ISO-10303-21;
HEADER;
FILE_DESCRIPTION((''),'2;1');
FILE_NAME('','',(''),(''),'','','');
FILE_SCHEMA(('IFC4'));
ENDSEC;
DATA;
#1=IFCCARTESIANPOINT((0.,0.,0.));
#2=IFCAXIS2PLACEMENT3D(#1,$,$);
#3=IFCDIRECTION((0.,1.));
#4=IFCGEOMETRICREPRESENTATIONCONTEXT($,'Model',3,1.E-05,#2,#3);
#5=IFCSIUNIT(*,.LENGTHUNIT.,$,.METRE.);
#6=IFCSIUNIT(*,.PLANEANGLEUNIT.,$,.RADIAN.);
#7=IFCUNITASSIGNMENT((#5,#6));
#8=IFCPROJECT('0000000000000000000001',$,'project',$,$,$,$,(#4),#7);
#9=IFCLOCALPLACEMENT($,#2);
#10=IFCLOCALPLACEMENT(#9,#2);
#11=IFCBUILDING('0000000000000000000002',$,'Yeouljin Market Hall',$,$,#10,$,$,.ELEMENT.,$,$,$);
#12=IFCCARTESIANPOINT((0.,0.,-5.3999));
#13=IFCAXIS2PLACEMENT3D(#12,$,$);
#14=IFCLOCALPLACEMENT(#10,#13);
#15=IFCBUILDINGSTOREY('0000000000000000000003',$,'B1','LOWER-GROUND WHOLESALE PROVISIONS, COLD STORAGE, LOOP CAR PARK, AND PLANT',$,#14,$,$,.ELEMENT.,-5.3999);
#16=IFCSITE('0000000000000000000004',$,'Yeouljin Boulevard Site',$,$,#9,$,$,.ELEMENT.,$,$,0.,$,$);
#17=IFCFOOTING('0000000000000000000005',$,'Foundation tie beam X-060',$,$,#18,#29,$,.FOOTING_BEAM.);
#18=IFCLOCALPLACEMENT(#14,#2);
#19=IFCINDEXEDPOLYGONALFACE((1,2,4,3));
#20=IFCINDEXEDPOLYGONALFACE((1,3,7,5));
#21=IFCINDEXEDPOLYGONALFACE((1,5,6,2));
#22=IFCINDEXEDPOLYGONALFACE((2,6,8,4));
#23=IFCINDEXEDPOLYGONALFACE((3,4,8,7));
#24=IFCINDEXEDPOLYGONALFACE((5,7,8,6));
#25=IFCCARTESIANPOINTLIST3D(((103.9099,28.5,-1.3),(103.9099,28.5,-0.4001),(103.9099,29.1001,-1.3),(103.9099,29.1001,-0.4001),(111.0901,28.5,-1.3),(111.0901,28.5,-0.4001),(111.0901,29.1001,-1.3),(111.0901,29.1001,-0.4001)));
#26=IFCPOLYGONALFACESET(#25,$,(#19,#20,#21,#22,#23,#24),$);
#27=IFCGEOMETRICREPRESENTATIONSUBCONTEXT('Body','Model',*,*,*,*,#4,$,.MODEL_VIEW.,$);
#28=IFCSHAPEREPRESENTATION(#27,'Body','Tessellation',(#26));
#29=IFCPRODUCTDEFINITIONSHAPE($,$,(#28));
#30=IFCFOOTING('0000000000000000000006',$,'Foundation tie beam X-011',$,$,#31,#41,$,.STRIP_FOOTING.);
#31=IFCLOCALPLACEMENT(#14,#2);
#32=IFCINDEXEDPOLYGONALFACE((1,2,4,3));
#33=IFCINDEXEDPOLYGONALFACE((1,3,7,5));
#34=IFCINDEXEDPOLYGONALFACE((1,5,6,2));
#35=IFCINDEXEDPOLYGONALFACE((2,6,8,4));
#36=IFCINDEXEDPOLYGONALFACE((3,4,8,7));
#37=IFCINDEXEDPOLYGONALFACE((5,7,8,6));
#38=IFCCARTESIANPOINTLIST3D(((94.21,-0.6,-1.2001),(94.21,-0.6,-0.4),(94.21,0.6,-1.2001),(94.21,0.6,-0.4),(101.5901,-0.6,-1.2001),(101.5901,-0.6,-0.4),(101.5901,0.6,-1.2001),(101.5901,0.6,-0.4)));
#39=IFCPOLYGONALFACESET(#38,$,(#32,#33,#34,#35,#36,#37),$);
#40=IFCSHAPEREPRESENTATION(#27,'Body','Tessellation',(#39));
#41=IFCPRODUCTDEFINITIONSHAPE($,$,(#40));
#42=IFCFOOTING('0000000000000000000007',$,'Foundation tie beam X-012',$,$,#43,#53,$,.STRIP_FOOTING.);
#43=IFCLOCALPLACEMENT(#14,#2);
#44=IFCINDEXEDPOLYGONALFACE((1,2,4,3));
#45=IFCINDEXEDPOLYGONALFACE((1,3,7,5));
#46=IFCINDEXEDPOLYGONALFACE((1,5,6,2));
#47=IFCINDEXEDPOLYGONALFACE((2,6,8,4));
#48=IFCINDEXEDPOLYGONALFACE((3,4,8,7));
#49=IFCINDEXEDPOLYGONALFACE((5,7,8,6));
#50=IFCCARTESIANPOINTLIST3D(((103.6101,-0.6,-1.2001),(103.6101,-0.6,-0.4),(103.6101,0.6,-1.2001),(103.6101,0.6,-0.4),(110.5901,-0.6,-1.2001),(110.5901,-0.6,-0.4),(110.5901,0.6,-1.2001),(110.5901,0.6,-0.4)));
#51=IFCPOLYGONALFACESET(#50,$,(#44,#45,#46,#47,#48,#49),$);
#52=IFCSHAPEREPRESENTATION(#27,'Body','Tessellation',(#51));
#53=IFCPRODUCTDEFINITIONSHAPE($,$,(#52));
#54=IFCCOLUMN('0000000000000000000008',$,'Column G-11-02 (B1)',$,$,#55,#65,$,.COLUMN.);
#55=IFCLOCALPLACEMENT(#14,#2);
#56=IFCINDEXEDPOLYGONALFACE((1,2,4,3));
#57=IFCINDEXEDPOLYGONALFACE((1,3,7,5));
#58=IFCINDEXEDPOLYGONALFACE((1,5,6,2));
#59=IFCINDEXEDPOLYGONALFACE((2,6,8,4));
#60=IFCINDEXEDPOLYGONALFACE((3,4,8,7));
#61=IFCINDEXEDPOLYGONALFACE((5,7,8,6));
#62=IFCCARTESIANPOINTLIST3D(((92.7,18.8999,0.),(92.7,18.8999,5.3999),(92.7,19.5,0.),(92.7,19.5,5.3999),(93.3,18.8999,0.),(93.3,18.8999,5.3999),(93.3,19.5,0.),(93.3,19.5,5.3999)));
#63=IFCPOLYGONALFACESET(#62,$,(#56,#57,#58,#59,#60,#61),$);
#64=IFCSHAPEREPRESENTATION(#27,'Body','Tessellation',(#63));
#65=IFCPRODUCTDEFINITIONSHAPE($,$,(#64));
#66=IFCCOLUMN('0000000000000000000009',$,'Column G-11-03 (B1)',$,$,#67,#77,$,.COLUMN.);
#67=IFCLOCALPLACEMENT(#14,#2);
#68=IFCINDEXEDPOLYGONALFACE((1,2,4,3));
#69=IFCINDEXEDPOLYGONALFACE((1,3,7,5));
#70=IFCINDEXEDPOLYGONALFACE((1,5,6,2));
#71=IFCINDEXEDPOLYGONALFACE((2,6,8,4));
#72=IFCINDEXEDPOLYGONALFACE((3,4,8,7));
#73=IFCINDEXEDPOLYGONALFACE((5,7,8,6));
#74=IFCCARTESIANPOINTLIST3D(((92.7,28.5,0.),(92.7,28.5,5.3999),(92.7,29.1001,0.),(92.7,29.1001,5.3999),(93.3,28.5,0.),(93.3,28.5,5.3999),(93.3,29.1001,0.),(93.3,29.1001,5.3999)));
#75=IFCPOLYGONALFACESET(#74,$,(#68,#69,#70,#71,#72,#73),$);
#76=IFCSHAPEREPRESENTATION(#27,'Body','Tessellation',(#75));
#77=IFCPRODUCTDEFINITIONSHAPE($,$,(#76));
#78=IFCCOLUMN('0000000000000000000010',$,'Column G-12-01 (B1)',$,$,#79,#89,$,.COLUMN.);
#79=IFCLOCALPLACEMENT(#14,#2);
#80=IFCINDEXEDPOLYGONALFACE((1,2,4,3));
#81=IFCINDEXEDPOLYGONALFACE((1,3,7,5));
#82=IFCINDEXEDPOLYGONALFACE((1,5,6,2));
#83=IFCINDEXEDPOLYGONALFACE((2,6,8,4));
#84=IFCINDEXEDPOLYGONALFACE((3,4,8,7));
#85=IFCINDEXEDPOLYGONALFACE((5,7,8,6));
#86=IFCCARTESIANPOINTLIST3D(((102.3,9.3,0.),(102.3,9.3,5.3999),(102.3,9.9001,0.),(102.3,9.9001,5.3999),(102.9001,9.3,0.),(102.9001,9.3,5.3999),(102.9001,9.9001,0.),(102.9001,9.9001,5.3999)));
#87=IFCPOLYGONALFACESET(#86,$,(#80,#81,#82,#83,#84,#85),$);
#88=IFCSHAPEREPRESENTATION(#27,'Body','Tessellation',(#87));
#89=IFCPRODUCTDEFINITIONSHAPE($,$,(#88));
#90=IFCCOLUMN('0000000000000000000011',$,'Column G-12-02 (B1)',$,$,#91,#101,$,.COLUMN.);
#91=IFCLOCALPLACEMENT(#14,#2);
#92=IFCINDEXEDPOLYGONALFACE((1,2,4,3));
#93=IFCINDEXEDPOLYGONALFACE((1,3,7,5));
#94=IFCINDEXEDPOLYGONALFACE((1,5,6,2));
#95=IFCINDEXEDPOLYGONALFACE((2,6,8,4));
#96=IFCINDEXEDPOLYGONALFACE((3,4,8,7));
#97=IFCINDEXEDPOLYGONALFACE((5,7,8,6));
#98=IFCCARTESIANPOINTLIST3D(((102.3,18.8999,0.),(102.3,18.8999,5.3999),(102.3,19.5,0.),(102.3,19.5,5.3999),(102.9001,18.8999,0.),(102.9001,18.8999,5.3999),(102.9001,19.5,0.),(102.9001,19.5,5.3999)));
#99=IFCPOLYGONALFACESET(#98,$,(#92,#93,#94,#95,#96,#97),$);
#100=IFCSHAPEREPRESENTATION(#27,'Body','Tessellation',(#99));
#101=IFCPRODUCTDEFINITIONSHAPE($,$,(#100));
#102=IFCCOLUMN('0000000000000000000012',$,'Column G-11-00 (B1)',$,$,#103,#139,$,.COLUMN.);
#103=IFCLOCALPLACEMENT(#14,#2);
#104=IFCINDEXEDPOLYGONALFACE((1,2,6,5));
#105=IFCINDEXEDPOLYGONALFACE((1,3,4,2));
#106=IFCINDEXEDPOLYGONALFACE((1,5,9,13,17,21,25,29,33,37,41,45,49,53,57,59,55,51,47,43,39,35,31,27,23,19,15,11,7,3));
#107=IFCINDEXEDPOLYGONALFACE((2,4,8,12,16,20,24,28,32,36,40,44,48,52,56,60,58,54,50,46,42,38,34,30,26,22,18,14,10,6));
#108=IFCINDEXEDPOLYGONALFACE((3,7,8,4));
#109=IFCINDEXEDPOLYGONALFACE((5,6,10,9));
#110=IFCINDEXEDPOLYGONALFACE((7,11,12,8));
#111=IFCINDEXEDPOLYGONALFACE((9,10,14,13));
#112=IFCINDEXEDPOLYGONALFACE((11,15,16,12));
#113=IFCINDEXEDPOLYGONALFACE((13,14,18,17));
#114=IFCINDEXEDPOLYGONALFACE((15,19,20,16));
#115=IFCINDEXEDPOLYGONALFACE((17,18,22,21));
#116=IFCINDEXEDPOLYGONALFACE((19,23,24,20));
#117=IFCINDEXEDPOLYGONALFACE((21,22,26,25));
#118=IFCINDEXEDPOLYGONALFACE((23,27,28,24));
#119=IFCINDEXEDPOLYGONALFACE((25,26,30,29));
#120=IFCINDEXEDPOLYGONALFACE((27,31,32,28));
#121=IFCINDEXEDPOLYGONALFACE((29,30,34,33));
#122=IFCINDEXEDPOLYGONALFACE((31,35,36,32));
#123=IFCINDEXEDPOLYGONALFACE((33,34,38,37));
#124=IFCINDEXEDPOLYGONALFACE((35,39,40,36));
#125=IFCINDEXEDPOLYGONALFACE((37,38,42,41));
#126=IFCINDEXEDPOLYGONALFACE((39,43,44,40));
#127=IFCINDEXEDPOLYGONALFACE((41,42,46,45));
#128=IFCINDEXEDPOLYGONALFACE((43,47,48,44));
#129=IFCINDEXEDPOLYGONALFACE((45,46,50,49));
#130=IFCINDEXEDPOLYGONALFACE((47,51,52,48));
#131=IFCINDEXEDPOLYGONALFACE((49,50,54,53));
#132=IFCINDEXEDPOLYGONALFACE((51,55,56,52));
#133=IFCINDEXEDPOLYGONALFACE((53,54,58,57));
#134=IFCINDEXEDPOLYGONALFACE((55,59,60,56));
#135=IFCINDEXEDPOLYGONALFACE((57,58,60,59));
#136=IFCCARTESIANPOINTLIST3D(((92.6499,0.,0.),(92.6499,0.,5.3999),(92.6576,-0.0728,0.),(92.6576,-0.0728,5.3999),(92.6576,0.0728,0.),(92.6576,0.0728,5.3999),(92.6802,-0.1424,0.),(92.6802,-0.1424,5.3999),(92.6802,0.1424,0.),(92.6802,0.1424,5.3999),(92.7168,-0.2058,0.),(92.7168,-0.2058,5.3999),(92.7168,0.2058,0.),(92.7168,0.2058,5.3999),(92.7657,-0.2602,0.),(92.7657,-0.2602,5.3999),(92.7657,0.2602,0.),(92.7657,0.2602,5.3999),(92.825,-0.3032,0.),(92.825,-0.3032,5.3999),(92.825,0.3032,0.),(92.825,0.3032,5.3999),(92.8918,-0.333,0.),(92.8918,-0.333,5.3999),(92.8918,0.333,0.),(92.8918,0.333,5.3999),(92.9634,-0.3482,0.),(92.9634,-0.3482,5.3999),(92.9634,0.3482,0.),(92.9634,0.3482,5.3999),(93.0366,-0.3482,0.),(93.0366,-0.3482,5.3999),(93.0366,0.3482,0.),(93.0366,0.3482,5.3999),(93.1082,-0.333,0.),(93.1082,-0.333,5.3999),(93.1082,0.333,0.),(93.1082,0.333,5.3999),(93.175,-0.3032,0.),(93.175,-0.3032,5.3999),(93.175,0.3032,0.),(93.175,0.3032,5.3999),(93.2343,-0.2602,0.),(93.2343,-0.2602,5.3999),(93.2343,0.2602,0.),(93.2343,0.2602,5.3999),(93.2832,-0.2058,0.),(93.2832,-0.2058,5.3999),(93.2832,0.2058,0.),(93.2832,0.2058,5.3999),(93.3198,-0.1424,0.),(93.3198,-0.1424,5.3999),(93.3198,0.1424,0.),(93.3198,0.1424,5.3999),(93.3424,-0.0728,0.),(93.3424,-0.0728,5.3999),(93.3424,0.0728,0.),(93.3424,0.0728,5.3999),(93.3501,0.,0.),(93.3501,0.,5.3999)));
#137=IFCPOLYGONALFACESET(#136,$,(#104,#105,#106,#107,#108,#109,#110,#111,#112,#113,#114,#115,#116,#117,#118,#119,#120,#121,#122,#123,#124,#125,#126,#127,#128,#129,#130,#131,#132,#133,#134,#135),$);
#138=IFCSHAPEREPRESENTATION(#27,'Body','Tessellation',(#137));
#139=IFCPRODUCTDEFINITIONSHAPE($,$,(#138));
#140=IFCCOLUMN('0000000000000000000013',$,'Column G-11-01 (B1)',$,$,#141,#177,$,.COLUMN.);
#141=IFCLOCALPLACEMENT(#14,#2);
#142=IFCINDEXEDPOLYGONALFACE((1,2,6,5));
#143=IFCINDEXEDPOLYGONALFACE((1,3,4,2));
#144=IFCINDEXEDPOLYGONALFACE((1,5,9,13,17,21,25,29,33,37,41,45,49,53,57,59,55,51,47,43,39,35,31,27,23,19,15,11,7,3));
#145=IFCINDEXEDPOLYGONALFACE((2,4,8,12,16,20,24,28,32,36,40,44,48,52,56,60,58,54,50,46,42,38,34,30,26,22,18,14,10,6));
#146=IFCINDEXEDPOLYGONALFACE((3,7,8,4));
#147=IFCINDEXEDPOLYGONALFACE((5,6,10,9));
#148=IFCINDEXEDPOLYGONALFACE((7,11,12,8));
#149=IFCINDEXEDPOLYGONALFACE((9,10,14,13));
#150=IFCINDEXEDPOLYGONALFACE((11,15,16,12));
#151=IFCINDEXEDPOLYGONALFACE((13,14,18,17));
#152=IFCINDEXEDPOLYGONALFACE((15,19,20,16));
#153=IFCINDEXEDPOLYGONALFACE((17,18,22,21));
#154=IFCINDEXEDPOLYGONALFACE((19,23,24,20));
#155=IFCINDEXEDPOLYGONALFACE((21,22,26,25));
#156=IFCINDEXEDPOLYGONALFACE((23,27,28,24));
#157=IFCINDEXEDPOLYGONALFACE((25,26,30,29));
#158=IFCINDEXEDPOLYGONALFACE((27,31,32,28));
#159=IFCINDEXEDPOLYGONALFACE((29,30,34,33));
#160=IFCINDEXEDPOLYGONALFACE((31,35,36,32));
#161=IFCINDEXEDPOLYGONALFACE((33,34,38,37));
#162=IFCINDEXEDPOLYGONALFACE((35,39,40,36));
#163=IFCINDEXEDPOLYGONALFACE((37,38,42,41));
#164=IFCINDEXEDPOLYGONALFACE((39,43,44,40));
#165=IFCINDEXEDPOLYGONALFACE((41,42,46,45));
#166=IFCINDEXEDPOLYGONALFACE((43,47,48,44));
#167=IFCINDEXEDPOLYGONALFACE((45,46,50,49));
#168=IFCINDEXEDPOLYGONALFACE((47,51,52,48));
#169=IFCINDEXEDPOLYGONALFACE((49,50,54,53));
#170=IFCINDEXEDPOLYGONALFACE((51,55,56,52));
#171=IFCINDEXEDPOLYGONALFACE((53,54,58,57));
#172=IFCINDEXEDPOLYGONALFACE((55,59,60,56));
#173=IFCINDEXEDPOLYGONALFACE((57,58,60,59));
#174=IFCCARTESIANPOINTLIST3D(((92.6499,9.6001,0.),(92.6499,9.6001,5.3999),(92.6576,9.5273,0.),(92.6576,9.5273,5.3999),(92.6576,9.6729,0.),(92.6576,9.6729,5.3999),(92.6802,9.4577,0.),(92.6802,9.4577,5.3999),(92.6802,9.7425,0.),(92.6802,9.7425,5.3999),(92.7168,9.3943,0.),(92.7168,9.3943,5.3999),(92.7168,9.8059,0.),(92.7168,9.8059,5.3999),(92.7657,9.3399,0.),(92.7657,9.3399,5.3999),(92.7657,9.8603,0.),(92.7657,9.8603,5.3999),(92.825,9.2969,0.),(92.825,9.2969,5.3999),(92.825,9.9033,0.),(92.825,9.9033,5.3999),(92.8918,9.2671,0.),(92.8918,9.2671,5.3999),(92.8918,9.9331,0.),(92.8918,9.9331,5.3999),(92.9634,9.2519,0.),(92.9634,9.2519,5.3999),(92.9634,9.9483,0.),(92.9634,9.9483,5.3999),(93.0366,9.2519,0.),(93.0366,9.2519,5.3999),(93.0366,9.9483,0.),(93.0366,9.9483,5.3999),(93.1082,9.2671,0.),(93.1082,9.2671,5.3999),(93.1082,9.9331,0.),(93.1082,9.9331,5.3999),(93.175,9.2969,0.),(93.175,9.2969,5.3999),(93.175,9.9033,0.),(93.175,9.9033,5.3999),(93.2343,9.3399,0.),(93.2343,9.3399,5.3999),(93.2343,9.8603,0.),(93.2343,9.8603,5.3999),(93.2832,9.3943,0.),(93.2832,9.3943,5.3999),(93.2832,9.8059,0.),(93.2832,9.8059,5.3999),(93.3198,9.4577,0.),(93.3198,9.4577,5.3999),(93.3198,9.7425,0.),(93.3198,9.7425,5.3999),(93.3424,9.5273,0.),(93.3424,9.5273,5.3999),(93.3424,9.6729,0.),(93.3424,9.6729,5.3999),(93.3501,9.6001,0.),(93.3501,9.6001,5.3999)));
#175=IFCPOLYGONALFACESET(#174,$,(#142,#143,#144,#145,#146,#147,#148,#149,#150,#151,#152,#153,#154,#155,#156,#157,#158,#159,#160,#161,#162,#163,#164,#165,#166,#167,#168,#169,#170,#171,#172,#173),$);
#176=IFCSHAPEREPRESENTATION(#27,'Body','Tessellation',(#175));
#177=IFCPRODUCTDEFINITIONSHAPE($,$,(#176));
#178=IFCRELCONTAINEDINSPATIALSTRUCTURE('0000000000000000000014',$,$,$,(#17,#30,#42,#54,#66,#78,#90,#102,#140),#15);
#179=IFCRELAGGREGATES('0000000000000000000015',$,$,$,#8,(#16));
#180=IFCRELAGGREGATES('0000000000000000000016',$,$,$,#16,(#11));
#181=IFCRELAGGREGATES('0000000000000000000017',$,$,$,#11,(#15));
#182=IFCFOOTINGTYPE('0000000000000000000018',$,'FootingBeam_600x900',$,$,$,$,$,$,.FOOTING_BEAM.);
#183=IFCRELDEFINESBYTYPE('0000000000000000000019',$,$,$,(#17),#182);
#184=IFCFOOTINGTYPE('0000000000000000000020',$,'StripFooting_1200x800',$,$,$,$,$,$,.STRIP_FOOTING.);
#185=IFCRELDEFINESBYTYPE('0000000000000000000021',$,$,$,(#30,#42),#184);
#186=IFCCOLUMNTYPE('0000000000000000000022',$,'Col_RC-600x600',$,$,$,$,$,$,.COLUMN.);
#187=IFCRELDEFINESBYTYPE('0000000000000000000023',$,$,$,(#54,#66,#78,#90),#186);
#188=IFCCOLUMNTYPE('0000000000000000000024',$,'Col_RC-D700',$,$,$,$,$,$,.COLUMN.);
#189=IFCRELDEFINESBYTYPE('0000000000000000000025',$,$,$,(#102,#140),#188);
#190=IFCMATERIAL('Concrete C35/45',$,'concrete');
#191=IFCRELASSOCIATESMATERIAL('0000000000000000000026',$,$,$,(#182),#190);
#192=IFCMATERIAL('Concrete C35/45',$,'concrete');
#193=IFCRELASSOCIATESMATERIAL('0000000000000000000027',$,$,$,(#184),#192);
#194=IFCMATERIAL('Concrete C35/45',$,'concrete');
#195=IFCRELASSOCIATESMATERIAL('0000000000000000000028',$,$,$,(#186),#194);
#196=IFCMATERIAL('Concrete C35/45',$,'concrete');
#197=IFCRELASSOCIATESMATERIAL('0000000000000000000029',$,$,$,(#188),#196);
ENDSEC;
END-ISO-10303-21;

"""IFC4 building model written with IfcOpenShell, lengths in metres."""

from ifc_helpers import new_model, si_unit, direction, frame, origin, origin_2d, place, context, subcontext, project, spatial, rectangle, circle, extrude, material, material_profile, profile_set, type_object, element, save


model = new_model("IFC4")

# Units and contexts
model_context = context("Model", 3, precision=1e-05, world=origin(), true_north=direction((0.0, 1.0)))
body_context = subcontext(model_context, "Body", "Model", "MODEL_VIEW")
ifc_project = project(units=[si_unit("LENGTHUNIT", "METRE"), si_unit("PLANEANGLEUNIT", "RADIAN")], contexts=[model_context])

# Site, building, storey
site_placement = place(None, origin())
site = spatial("IfcSite", under=ifc_project, at=site_placement, Name="Yeouljin Boulevard Site", CompositionType="ELEMENT", RefElevation=0.0)
building_placement = place(site_placement, origin())
building = spatial("IfcBuilding", under=site, at=building_placement, Name="Yeouljin Market Hall", CompositionType="ELEMENT")
storey_placement = place(building_placement, frame((0.0, 0.0, -5.3999)))
storey = spatial("IfcBuildingStorey", under=building, at=storey_placement, Name="B1", Description="LOWER-GROUND WHOLESALE PROVISIONS, COLD STORAGE, LOOP CAR PARK, AND PLANT", CompositionType="ELEMENT", Elevation=-5.3999)

# Footings
ifc_material_1 = material(Name="Concrete C35/45", Category="concrete")
ifc_material_profile_1 = material_profile(ifc_material_1, rectangle(XDim=0.6001, YDim=0.8999, at=origin_2d()), Name="RC-600x900")
ifc_profile_set_1 = profile_set([ifc_material_profile_1], Name="Concrete C35/45")
footing_type_1 = type_object("IfcFootingType", Name="FootingBeam_600x900", PredefinedType="FOOTING_BEAM", material=ifc_profile_set_1)
footing_1_placement = place(storey_placement, frame((103.9099, 28.8, -0.8501), z_axis=(1.0, 0.0, 0.0), x_axis=(0.0, 1.0, 0.0)))
element("IfcFooting", 1, at=footing_1_placement, inside=storey, type_object=footing_type_1, Name="Foundation tie beam X-060", PredefinedType="FOOTING_BEAM", context=body_context, shape_type="SweptSolid", body=[
    extrude(rectangle(XDim=0.6001, YDim=0.8999, at=origin_2d()), origin(), (0.0, 0.0, 1.0), 7.1802),
])
ifc_material_2 = material(Name="Concrete C35/45", Category="concrete")
ifc_material_profile_2 = material_profile(ifc_material_2, rectangle(XDim=1.2, YDim=0.8, at=origin_2d()), Name="SF-1200x800")
ifc_profile_set_2 = profile_set([ifc_material_profile_2], Name="Concrete C35/45")
footing_type_2 = type_object("IfcFootingType", Name="StripFooting_1200x800", PredefinedType="STRIP_FOOTING", material=ifc_profile_set_2)
footing_2_placement = place(storey_placement, frame((94.21, 0.0, -0.8), z_axis=(1.0, 0.0, 0.0), x_axis=(0.0, 1.0, 0.0)))
element("IfcFooting", 2, at=footing_2_placement, inside=storey, type_object=footing_type_2, Name="Foundation tie beam X-011", PredefinedType="STRIP_FOOTING", context=body_context, shape_type="SweptSolid", body=[
    extrude(rectangle(XDim=1.2, YDim=0.8, at=origin_2d()), origin(), (0.0, 0.0, 1.0), 7.3801),
])
footing_3_placement = place(storey_placement, frame((103.6101, 0.0, -0.8), z_axis=(1.0, 0.0, 0.0), x_axis=(0.0, 1.0, 0.0)))
element("IfcFooting", 3, at=footing_3_placement, inside=storey, type_object=footing_type_2, Name="Foundation tie beam X-012", PredefinedType="STRIP_FOOTING", context=body_context, shape_type="SweptSolid", body=[
    extrude(rectangle(XDim=1.2, YDim=0.8, at=origin_2d()), origin(), (0.0, 0.0, 1.0), 6.98),
])

# Columns
ifc_material_3 = material(Name="Concrete C35/45", Category="concrete")
ifc_material_profile_3 = material_profile(ifc_material_3, rectangle(XDim=0.6001, YDim=0.6001, at=origin_2d()), Name="RC-600x600")
ifc_profile_set_3 = profile_set([ifc_material_profile_3], Name="Concrete C35/45")
column_type_1 = type_object("IfcColumnType", Name="Col_RC-600x600", PredefinedType="COLUMN", material=ifc_profile_set_3)
for number, where, z_axis, x_axis, name in (
    (4, (93.0, 19.2, 0.0), (0.0, 0.0, 1.0), (1.0, 0.0, 0.0), "Column G-11-02 (B1)"),
    (5, (93.0, 28.8, 0.0), (0.0, 0.0, 1.0), (1.0, 0.0, 0.0), "Column G-11-03 (B1)"),
    (6, (102.6001, 9.6001, 0.0), (0.0, 0.0, 1.0), (1.0, 0.0, 0.0), "Column G-12-01 (B1)"),
    (7, (102.6001, 19.2, 0.0), (0.0, 0.0, 1.0), (1.0, 0.0, 0.0), "Column G-12-02 (B1)"),
):
    element("IfcColumn", number, at=place(storey_placement, frame(where, z_axis=z_axis, x_axis=x_axis)), inside=storey, type_object=column_type_1, Name=name, PredefinedType="COLUMN", context=body_context, shape_type="SweptSolid", body=[
        extrude(rectangle(XDim=0.6001, YDim=0.6001, at=origin_2d()), origin(), (0.0, 0.0, 1.0), 5.3999),
    ])
ifc_material_4 = material(Name="Concrete C35/45", Category="concrete")
ifc_material_profile_4 = material_profile(ifc_material_4, circle(Radius=0.3501, at=origin_2d()), Name="RC-D700")
ifc_profile_set_4 = profile_set([ifc_material_profile_4], Name="Concrete C35/45")
column_type_2 = type_object("IfcColumnType", Name="Col_RC-D700", PredefinedType="COLUMN", material=ifc_profile_set_4)
for number, where, z_axis, x_axis, name in (
    (8, (93.0, 0.0, 0.0), (0.0, 0.0, 1.0), (1.0, 0.0, 0.0), "Column G-11-00 (B1)"),
    (9, (93.0, 9.6001, 0.0), (0.0, 0.0, 1.0), (1.0, 0.0, 0.0), "Column G-11-01 (B1)"),
):
    element("IfcColumn", number, at=place(storey_placement, frame(where, z_axis=z_axis, x_axis=x_axis)), inside=storey, type_object=column_type_2, Name=name, PredefinedType="COLUMN", context=body_context, shape_type="SweptSolid", body=[
        extrude(circle(Radius=0.3501, at=origin_2d()), origin(), (0.0, 0.0, 1.0), 5.3999),
    ])

save(model, "model.ifc")
